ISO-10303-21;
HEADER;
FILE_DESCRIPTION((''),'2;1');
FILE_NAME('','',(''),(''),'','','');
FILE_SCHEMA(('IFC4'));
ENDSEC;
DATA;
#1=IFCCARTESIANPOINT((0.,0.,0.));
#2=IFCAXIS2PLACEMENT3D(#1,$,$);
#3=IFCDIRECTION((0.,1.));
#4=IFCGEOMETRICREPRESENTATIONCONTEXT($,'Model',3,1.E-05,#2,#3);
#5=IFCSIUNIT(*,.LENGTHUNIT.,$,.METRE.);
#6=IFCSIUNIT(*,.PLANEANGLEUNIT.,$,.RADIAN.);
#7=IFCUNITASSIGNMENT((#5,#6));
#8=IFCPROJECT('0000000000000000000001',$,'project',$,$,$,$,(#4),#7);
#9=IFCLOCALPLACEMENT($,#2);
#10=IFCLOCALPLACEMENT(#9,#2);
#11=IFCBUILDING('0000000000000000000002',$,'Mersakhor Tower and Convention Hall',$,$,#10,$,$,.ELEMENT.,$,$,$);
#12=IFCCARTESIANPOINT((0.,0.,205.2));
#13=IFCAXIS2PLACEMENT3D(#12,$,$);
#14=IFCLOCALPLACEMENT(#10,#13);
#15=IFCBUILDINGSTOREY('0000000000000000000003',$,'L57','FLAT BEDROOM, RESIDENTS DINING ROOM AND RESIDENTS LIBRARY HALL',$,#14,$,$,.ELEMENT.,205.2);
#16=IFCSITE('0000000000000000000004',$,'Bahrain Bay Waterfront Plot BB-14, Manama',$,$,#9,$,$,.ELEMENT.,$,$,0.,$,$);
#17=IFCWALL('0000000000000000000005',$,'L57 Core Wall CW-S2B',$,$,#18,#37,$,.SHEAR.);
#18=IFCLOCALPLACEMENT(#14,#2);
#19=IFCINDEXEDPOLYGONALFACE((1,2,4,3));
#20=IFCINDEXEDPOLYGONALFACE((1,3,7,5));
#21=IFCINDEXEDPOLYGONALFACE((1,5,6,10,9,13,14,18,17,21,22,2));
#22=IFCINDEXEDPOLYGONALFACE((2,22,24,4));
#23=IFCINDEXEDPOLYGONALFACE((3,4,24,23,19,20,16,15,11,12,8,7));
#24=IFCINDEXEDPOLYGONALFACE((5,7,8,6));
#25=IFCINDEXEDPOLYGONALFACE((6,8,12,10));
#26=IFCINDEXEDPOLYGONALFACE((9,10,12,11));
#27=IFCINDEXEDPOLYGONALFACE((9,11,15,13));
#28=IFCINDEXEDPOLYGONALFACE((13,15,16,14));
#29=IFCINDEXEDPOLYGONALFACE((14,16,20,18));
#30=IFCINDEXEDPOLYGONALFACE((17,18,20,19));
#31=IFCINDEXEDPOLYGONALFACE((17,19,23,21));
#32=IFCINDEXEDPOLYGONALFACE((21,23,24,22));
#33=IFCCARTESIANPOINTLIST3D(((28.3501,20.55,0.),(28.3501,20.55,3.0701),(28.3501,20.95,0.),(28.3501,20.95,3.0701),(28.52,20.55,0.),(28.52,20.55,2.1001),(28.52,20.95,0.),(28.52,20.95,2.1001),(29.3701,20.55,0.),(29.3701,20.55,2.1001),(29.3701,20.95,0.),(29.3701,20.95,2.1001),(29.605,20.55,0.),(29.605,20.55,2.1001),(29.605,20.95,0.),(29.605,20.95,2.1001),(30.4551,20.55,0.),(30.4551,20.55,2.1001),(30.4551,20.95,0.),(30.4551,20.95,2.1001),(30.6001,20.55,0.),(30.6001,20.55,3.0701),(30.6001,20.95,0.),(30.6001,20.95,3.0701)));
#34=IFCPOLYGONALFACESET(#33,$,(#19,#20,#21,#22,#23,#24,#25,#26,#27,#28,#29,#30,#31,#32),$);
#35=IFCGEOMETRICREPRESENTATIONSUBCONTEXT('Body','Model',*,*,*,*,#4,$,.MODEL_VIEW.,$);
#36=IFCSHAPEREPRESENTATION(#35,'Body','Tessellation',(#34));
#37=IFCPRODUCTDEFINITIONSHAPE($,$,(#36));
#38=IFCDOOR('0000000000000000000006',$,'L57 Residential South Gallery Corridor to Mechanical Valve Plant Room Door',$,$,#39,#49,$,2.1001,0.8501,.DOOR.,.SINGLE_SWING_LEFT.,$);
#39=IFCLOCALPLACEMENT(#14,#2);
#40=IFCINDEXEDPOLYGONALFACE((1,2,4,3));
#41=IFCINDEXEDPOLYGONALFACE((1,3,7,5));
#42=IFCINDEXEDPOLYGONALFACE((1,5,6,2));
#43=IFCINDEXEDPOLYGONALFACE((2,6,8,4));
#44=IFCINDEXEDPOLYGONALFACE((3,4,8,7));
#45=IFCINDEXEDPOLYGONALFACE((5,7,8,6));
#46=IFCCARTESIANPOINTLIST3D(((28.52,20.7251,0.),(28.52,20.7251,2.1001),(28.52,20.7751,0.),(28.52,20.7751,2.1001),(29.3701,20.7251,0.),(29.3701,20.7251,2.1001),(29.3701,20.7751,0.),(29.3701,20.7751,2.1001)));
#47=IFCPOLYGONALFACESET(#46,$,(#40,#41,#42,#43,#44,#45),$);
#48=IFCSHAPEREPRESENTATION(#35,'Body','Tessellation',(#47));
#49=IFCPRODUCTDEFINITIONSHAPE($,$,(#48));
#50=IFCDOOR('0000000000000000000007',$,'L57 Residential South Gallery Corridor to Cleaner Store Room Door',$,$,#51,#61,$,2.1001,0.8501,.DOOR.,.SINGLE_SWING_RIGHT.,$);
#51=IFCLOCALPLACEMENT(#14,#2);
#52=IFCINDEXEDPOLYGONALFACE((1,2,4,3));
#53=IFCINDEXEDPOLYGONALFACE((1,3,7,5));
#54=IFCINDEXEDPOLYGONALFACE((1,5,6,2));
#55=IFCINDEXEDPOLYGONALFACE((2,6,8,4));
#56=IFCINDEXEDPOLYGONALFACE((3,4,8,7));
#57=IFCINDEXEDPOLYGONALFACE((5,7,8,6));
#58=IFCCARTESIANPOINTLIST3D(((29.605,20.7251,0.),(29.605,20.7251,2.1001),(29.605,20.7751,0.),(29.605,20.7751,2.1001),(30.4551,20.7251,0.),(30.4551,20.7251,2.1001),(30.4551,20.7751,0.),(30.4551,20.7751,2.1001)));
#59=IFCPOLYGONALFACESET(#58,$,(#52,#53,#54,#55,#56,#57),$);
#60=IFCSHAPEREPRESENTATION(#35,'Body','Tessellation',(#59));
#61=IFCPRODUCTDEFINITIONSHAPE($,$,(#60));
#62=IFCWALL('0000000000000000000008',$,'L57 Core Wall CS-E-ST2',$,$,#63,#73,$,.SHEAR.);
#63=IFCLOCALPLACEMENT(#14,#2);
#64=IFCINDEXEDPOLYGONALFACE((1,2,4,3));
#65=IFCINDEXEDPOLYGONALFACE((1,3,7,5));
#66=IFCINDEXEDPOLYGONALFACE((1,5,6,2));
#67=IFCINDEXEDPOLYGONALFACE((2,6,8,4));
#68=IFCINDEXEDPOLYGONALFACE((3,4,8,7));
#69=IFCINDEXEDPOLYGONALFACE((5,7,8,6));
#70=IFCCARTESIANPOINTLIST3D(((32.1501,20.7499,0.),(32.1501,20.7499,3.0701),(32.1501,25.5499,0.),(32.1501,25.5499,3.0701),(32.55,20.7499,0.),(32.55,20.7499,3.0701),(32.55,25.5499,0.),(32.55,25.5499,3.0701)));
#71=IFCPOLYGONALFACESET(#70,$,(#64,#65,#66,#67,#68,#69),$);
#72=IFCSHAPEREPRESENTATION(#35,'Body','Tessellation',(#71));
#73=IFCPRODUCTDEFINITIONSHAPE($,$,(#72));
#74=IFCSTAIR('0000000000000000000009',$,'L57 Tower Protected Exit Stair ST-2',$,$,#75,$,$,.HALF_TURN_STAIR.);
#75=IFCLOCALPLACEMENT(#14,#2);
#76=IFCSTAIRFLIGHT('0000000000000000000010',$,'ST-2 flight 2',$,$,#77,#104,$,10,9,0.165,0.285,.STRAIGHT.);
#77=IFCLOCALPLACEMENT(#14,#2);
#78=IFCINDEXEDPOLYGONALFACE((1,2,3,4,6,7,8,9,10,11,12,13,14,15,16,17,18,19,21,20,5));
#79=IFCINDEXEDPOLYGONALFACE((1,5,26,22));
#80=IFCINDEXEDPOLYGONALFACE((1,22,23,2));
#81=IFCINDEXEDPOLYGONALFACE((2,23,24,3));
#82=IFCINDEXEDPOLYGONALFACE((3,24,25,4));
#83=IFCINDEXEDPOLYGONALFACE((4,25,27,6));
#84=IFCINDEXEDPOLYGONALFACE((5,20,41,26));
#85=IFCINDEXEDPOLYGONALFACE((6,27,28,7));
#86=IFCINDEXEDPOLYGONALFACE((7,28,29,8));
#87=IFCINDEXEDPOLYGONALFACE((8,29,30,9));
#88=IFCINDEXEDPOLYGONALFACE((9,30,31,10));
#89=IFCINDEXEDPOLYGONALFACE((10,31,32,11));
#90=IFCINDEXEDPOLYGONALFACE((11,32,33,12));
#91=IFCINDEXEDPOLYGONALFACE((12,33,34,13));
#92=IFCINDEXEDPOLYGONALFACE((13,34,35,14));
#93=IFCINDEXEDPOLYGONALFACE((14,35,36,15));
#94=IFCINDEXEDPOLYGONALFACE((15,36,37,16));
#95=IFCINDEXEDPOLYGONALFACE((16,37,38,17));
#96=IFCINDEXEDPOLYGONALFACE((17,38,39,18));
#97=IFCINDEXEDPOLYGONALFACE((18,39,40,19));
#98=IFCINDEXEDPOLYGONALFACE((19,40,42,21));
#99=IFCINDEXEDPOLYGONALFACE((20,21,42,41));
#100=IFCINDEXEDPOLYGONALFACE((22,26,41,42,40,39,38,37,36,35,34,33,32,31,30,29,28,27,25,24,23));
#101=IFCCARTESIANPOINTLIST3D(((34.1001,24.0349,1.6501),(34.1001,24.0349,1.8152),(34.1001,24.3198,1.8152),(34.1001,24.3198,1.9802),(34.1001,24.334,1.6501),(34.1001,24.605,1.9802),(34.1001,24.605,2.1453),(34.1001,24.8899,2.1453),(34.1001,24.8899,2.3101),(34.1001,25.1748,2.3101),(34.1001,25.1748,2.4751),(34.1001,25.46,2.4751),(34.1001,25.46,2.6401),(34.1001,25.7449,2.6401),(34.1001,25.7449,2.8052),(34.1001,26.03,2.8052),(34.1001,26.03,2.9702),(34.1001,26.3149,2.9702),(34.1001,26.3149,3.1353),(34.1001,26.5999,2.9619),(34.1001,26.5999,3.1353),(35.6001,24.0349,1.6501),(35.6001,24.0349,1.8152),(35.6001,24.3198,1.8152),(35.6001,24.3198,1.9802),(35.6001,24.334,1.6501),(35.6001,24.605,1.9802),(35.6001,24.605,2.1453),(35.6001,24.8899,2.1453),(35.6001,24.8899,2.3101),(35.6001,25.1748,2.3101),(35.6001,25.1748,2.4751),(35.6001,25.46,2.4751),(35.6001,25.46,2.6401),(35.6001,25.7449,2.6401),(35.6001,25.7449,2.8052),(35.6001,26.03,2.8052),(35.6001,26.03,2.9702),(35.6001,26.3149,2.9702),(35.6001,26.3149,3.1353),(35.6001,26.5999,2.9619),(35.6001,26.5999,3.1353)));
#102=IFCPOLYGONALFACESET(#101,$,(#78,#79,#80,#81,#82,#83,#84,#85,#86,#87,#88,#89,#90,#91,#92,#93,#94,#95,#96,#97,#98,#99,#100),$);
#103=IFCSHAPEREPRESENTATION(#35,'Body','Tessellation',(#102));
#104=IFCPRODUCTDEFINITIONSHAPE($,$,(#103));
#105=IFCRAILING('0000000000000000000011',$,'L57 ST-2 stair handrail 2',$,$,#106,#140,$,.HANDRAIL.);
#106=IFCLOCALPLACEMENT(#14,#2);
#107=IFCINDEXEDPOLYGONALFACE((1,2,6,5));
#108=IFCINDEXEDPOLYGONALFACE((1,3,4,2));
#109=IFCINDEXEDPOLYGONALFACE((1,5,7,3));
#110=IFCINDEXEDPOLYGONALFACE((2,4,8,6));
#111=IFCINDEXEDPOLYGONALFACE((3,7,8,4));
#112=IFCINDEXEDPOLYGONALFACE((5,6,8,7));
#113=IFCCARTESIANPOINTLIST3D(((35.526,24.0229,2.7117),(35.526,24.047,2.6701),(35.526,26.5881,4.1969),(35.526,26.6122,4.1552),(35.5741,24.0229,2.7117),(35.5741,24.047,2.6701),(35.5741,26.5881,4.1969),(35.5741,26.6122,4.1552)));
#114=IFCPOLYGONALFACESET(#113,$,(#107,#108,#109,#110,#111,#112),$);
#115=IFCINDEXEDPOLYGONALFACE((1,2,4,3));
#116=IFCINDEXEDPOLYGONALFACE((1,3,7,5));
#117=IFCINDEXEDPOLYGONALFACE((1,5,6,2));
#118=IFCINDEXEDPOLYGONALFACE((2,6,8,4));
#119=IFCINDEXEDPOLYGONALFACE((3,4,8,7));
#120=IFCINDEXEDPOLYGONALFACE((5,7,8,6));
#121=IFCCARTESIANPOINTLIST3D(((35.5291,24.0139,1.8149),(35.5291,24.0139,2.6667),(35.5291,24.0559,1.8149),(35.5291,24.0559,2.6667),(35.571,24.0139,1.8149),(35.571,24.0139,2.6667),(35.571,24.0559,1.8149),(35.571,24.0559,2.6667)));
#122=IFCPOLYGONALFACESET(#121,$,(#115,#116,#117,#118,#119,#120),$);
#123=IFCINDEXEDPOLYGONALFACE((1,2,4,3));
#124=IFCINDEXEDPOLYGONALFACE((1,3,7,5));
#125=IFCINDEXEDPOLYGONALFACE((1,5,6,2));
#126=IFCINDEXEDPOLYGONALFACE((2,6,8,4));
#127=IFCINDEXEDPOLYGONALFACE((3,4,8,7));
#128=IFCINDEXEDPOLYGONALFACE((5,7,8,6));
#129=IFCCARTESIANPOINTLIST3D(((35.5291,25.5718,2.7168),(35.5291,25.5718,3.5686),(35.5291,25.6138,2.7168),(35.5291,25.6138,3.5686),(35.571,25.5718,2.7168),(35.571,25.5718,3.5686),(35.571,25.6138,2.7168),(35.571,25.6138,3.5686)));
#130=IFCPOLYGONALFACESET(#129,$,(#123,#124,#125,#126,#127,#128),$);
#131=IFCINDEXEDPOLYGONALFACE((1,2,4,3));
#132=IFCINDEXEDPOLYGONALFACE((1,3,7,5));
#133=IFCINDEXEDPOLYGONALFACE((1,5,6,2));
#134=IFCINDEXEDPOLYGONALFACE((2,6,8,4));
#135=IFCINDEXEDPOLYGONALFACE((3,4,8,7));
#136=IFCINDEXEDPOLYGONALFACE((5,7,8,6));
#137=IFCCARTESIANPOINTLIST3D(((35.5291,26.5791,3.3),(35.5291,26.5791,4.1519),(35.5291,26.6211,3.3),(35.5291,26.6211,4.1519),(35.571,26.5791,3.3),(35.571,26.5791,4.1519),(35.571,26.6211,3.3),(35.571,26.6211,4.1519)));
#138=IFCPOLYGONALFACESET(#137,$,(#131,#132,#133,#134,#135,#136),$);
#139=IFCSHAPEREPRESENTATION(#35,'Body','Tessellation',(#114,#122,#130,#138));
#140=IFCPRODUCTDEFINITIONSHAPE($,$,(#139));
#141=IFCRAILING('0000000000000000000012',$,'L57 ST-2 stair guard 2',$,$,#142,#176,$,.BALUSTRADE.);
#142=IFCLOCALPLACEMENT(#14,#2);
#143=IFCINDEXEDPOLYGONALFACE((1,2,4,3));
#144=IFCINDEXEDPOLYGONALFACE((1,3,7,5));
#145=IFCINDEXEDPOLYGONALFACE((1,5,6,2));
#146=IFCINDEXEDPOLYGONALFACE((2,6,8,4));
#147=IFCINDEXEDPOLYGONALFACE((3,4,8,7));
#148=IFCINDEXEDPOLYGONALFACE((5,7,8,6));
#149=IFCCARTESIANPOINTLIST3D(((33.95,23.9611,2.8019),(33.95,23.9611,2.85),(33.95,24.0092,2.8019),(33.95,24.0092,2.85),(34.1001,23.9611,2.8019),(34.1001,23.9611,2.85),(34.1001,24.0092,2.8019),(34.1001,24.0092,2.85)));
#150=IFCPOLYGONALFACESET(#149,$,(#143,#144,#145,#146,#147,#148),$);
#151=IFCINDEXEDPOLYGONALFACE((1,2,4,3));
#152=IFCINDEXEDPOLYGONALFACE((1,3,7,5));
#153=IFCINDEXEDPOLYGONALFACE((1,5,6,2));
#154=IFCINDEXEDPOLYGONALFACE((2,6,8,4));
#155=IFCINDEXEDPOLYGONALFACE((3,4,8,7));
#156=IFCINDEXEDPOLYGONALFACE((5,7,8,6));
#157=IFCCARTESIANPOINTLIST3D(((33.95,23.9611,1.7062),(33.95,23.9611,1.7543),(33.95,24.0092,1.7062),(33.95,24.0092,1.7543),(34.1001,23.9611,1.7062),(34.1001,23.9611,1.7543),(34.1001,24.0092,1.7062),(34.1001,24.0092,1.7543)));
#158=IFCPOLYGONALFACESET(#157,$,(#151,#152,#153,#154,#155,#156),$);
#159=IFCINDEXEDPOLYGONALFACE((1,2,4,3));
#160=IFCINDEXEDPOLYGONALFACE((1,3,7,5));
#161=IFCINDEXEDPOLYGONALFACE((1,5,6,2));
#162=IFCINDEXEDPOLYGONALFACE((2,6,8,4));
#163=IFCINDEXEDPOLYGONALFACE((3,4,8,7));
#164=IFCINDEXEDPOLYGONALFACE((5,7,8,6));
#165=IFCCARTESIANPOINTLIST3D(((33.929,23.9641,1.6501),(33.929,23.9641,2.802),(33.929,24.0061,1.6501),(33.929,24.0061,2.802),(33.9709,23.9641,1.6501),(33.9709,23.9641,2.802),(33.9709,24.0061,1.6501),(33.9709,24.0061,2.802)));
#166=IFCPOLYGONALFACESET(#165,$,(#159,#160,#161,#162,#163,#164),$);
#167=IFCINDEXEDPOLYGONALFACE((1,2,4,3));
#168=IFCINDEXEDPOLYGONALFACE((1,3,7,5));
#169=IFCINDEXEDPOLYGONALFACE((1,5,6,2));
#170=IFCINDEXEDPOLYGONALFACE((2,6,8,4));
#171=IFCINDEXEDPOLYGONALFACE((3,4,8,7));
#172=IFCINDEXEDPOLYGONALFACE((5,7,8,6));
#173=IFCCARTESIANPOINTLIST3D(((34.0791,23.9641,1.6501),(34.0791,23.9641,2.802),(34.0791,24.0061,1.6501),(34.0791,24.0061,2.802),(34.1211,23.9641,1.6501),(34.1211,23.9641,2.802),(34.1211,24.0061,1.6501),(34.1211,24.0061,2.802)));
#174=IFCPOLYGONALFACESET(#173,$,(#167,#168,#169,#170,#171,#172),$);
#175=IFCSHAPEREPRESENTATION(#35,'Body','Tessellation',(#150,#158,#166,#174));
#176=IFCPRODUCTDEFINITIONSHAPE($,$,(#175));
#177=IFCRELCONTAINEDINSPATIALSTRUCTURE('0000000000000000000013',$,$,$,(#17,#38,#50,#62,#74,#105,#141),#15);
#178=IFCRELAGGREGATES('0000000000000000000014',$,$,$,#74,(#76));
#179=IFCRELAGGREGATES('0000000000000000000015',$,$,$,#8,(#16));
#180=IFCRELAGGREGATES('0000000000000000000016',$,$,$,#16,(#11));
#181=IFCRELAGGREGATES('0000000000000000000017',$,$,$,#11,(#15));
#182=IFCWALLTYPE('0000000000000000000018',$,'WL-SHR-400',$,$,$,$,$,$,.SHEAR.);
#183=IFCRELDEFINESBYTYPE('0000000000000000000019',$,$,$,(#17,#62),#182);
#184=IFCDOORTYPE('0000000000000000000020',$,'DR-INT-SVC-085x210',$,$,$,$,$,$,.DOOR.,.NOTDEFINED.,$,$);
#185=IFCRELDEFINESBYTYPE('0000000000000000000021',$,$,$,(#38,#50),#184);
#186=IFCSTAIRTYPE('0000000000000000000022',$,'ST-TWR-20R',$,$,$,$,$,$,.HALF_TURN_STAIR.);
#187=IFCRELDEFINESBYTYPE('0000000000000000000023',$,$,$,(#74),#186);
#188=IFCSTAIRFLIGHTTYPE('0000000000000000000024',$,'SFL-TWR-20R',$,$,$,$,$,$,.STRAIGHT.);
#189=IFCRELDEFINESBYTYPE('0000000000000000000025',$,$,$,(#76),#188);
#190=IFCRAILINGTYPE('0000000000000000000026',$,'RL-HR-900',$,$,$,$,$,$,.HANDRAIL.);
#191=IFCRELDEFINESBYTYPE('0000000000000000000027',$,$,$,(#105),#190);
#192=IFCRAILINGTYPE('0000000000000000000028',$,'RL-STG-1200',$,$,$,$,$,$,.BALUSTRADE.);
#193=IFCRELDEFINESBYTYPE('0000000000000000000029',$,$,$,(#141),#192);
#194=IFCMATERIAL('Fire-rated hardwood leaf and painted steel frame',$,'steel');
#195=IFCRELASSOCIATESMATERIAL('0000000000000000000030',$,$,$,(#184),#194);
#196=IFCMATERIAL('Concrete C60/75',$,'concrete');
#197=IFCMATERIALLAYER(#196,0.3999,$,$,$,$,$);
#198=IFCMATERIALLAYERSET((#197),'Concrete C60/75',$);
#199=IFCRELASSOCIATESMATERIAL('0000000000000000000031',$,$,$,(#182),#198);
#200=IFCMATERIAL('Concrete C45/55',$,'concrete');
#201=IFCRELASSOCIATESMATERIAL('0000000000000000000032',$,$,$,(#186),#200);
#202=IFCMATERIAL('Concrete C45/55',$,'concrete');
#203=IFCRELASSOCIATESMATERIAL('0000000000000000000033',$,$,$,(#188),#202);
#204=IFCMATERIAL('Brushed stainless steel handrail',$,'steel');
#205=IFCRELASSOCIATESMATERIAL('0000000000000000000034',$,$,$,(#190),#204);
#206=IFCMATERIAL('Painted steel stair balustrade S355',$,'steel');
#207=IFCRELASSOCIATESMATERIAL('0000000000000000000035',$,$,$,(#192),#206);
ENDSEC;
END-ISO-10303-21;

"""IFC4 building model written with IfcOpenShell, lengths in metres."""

from ifc_helpers import new_model, si_unit, direction, frame, frame_2d, origin, origin_2d, place, context, subcontext, project, spatial, polyline, rectangle, outline, extrude, material, layer, layer_set, type_object, element, fill, aggregate, save


model = new_model("IFC4")

# Units and contexts
model_context = context("Model", 3, precision=1e-05, world=origin(), true_north=direction((0.0, 1.0)))
body_context = subcontext(model_context, "Body", "Model", "MODEL_VIEW")
ifc_project = project(units=[si_unit("LENGTHUNIT", "METRE"), si_unit("PLANEANGLEUNIT", "RADIAN")], contexts=[model_context])

# Site, building, storey
site_placement = place(None, origin())
site = spatial("IfcSite", under=ifc_project, at=site_placement, Name="Bahrain Bay Waterfront Plot BB-14, Manama", CompositionType="ELEMENT", RefElevation=0.0)
building_placement = place(site_placement, origin())
building = spatial("IfcBuilding", under=site, at=building_placement, Name="Mersakhor Tower and Convention Hall", CompositionType="ELEMENT")
storey_placement = place(building_placement, frame((0.0, 0.0, 205.2)))
storey = spatial("IfcBuildingStorey", under=building, at=storey_placement, Name="L57", Description="FLAT BEDROOM, RESIDENTS DINING ROOM AND RESIDENTS LIBRARY HALL", CompositionType="ELEMENT", Elevation=205.2)

# Shared definitions
ifc_material_1 = material(Name="Fire-rated hardwood leaf and painted steel frame", Category="steel")
door_type_1 = type_object("IfcDoorType", Name="DR-INT-SVC-085x210", OperationType="NOTDEFINED", PredefinedType="DOOR", material=ifc_material_1)

# Shared definitions
ifc_material_2 = material(Name="Concrete C60/75", Category="concrete")
ifc_layer_1 = layer(ifc_material_2, 0.3999)
ifc_layer_set_1 = layer_set([ifc_layer_1], Name="Concrete C60/75")
wall_type_1 = type_object("IfcWallType", Name="WL-SHR-400", PredefinedType="SHEAR", material=ifc_layer_set_1)

# Wall, openings, doors
wall_1_placement = place(storey_placement, frame((30.6001, 20.75, 0.0), z_axis=(0.0, 0.0, 1.0), x_axis=(-1.0, 0.0, 0.0)))
wall_1 = element("IfcWall", 1, at=wall_1_placement, inside=storey, type_object=wall_type_1, Name="L57 Core Wall CW-S2B", PredefinedType="SHEAR", context=body_context, shape_type="SweptSolid", body=[
    extrude(rectangle(XDim=2.25, YDim=0.3999, at=frame_2d((1.125, 0.0))), origin(), (0.0, 0.0, 1.0), 3.0701),
])
opening_1_placement = place(wall_1_placement, frame((1.23, 0.0, 0.0)))
opening_1 = element("IfcOpeningElement", 2, at=opening_1_placement, cuts=wall_1, PredefinedType="OPENING", context=body_context, shape_type="SweptSolid", body=[
    extrude(rectangle(XDim=0.8501, YDim=2.1001, at=frame_2d((0.425, 1.05))), frame((0.0, 0.21, 0.0), z_axis=(0.0, -1.0, 0.0), x_axis=(1.0, 0.0, 0.0)), (0.0, 0.0, 1.0), 0.4199),
])
opening_2_placement = place(wall_1_placement, frame((0.145, 0.0, 0.0)))
opening_2 = element("IfcOpeningElement", 3, at=opening_2_placement, cuts=wall_1, PredefinedType="OPENING", context=body_context, shape_type="SweptSolid", body=[
    extrude(rectangle(XDim=0.8501, YDim=2.1001, at=frame_2d((0.425, 1.05))), frame((0.0, 0.21, 0.0), z_axis=(0.0, -1.0, 0.0), x_axis=(1.0, 0.0, 0.0)), (0.0, 0.0, 1.0), 0.4199),
])
door_1_placement = place(opening_1_placement, origin())
door_1 = element("IfcDoor", 4, at=door_1_placement, inside=storey, type_object=door_type_1, Name="L57 Residential South Gallery Corridor to Mechanical Valve Plant Room Door", OperationType="SINGLE_SWING_LEFT", OverallHeight=2.1001, OverallWidth=0.8501, PredefinedType="DOOR", context=body_context, shape_type="SweptSolid", body=[
    extrude(rectangle(XDim=0.8501, YDim=2.1001, at=frame_2d((0.425, 1.05))), frame((0.0, 0.0249, 0.0), z_axis=(0.0, -1.0, 0.0), x_axis=(1.0, 0.0, 0.0)), (0.0, 0.0, 1.0), 0.05),
])
fill(opening_1, door_1)
door_2_placement = place(opening_2_placement, origin())
door_2 = element("IfcDoor", 5, at=door_2_placement, inside=storey, type_object=door_type_1, Name="L57 Residential South Gallery Corridor to Cleaner Store Room Door", OperationType="SINGLE_SWING_RIGHT", OverallHeight=2.1001, OverallWidth=0.8501, PredefinedType="DOOR", context=body_context, shape_type="SweptSolid", body=[
    extrude(rectangle(XDim=0.8501, YDim=2.1001, at=frame_2d((0.425, 1.05))), frame((0.0, 0.0249, 0.0), z_axis=(0.0, -1.0, 0.0), x_axis=(1.0, 0.0, 0.0)), (0.0, 0.0, 1.0), 0.05),
])
fill(opening_2, door_2)

# Wall
wall_2_placement = place(storey_placement, frame((32.3501, 20.75, 0.0), z_axis=(0.0, 0.0, 1.0), x_axis=(0.0, 1.0, 0.0)))
element("IfcWall", 6, at=wall_2_placement, inside=storey, type_object=wall_type_1, Name="L57 Core Wall CS-E-ST2", PredefinedType="SHEAR", context=body_context, shape_type="SweptSolid", body=[
    extrude(rectangle(XDim=4.8, YDim=0.3999, at=frame_2d((2.3999, 0.0))), origin(), (0.0, 0.0, 1.0), 3.0701),
])

# Stair, stair flight
ifc_material_3 = material(Name="Concrete C45/55", Category="concrete")
stair_type = type_object("IfcStairType", Name="ST-TWR-20R", PredefinedType="HALF_TURN_STAIR", material=ifc_material_3)
stair_placement = place(storey_placement, origin())
stair = element("IfcStair", 7, at=stair_placement, inside=storey, type_object=stair_type, Name="L57 Tower Protected Exit Stair ST-2", PredefinedType="HALF_TURN_STAIR")
ifc_material_4 = material(Name="Concrete C45/55", Category="concrete")
stair_flight_type = type_object("IfcStairFlightType", Name="SFL-TWR-20R", PredefinedType="STRAIGHT", material=ifc_material_4)
stair_flight_placement = place(storey_placement, frame((34.8501, 24.0349, 1.6501), z_axis=(0.0, 0.0, 1.0), x_axis=(0.0, 1.0, 0.0)))
stair_flight = element("IfcStairFlight", 8, at=stair_flight_placement, type_object=stair_flight_type, Name="ST-2 flight 2", NumberOfRisers=10, NumberOfTreads=9, PredefinedType="STRAIGHT", RiserHeight=0.165, TreadLength=0.285, context=body_context, shape_type="SweptSolid", body=[
    extrude(outline(polyline([(0.0, 0.0), (0.0, 0.165), (0.2849, 0.165), (0.2849, 0.3301), (0.5701, 0.3301), (0.5701, 0.4951), (0.855, 0.4951), (0.855, 0.6599), (1.1399, 0.6599), (1.1399, 0.825), (1.425, 0.825), (1.425, 0.99), (1.71, 0.99), (1.71, 1.155), (1.9951, 1.155), (1.9951, 1.3201), (2.28, 1.3201), (2.28, 1.4851), (2.5649, 1.4851), (2.5649, 1.6499), (2.5649, 1.3118), (0.2991, 0.0), (0.0, 0.0)])), frame((0.0, 0.75, 0.0), z_axis=(0.0, -1.0, 0.0), x_axis=(1.0, 0.0, 0.0)), (0.0, 0.0, 1.0), 1.5),
])
aggregate(stair, [stair_flight])

# Railings
ifc_material_5 = material(Name="Brushed stainless steel handrail", Category="steel")
railing_type_1 = type_object("IfcRailingType", Name="RL-HR-900", PredefinedType="HANDRAIL", material=ifc_material_5)
railing_1_placement = place(storey_placement, frame((35.55, 24.0349, 1.8149)))
element("IfcRailing", 9, at=railing_1_placement, inside=storey, type_object=railing_type_1, Name="L57 ST-2 stair handrail 2", PredefinedType="HANDRAIL", context=body_context, shape_type="SweptSolid", body=[
    extrude(rectangle(XDim=0.0481, YDim=0.0481, at=origin_2d()), frame((0.0, 0.0, 0.876), z_axis=(0.0, 0.865426, 0.501036), x_axis=(-1.0, 0.0, 0.0)), (0.0, 0.0, 1.0), 2.9641),
    extrude(rectangle(XDim=0.042, YDim=0.042, at=origin_2d()), origin(), (0.0, 0.0, 1.0), 0.8518),
    extrude(rectangle(XDim=0.042, YDim=0.042, at=origin_2d()), frame((0.0, 1.5579, 0.9019)), (0.0, 0.0, 1.0), 0.8518),
    extrude(rectangle(XDim=0.042, YDim=0.042, at=origin_2d()), frame((0.0, 2.5652, 1.4851)), (0.0, 0.0, 1.0), 0.8518),
])
ifc_material_6 = material(Name="Painted steel stair balustrade S355", Category="steel")
railing_type_2 = type_object("IfcRailingType", Name="RL-STG-1200", PredefinedType="BALUSTRADE", material=ifc_material_6)
railing_2_placement = place(storey_placement, frame((33.95, 23.9851, 1.6501)))
element("IfcRailing", 10, at=railing_2_placement, inside=storey, type_object=railing_type_2, Name="L57 ST-2 stair guard 2", PredefinedType="BALUSTRADE", context=body_context, shape_type="SweptSolid", body=[
    extrude(rectangle(XDim=0.0481, YDim=0.0481, at=origin_2d()), frame((0.0, 0.0, 1.1758), z_axis=(1.0, 0.0, 0.0), x_axis=(0.0, 1.0, 0.0)), (0.0, 0.0, 1.0), 0.1501),
    extrude(rectangle(XDim=0.0481, YDim=0.0481, at=origin_2d()), frame((0.0, 0.0, 0.0801), z_axis=(1.0, 0.0, 0.0), x_axis=(0.0, 1.0, 0.0)), (0.0, 0.0, 1.0), 0.1501),
    extrude(rectangle(XDim=0.042, YDim=0.042, at=origin_2d()), origin(), (0.0, 0.0, 1.0), 1.1519),
    extrude(rectangle(XDim=0.042, YDim=0.042, at=origin_2d()), frame((0.1501, 0.0, 0.0)), (0.0, 0.0, 1.0), 1.1519),
])

save(model, "model.ifc")
